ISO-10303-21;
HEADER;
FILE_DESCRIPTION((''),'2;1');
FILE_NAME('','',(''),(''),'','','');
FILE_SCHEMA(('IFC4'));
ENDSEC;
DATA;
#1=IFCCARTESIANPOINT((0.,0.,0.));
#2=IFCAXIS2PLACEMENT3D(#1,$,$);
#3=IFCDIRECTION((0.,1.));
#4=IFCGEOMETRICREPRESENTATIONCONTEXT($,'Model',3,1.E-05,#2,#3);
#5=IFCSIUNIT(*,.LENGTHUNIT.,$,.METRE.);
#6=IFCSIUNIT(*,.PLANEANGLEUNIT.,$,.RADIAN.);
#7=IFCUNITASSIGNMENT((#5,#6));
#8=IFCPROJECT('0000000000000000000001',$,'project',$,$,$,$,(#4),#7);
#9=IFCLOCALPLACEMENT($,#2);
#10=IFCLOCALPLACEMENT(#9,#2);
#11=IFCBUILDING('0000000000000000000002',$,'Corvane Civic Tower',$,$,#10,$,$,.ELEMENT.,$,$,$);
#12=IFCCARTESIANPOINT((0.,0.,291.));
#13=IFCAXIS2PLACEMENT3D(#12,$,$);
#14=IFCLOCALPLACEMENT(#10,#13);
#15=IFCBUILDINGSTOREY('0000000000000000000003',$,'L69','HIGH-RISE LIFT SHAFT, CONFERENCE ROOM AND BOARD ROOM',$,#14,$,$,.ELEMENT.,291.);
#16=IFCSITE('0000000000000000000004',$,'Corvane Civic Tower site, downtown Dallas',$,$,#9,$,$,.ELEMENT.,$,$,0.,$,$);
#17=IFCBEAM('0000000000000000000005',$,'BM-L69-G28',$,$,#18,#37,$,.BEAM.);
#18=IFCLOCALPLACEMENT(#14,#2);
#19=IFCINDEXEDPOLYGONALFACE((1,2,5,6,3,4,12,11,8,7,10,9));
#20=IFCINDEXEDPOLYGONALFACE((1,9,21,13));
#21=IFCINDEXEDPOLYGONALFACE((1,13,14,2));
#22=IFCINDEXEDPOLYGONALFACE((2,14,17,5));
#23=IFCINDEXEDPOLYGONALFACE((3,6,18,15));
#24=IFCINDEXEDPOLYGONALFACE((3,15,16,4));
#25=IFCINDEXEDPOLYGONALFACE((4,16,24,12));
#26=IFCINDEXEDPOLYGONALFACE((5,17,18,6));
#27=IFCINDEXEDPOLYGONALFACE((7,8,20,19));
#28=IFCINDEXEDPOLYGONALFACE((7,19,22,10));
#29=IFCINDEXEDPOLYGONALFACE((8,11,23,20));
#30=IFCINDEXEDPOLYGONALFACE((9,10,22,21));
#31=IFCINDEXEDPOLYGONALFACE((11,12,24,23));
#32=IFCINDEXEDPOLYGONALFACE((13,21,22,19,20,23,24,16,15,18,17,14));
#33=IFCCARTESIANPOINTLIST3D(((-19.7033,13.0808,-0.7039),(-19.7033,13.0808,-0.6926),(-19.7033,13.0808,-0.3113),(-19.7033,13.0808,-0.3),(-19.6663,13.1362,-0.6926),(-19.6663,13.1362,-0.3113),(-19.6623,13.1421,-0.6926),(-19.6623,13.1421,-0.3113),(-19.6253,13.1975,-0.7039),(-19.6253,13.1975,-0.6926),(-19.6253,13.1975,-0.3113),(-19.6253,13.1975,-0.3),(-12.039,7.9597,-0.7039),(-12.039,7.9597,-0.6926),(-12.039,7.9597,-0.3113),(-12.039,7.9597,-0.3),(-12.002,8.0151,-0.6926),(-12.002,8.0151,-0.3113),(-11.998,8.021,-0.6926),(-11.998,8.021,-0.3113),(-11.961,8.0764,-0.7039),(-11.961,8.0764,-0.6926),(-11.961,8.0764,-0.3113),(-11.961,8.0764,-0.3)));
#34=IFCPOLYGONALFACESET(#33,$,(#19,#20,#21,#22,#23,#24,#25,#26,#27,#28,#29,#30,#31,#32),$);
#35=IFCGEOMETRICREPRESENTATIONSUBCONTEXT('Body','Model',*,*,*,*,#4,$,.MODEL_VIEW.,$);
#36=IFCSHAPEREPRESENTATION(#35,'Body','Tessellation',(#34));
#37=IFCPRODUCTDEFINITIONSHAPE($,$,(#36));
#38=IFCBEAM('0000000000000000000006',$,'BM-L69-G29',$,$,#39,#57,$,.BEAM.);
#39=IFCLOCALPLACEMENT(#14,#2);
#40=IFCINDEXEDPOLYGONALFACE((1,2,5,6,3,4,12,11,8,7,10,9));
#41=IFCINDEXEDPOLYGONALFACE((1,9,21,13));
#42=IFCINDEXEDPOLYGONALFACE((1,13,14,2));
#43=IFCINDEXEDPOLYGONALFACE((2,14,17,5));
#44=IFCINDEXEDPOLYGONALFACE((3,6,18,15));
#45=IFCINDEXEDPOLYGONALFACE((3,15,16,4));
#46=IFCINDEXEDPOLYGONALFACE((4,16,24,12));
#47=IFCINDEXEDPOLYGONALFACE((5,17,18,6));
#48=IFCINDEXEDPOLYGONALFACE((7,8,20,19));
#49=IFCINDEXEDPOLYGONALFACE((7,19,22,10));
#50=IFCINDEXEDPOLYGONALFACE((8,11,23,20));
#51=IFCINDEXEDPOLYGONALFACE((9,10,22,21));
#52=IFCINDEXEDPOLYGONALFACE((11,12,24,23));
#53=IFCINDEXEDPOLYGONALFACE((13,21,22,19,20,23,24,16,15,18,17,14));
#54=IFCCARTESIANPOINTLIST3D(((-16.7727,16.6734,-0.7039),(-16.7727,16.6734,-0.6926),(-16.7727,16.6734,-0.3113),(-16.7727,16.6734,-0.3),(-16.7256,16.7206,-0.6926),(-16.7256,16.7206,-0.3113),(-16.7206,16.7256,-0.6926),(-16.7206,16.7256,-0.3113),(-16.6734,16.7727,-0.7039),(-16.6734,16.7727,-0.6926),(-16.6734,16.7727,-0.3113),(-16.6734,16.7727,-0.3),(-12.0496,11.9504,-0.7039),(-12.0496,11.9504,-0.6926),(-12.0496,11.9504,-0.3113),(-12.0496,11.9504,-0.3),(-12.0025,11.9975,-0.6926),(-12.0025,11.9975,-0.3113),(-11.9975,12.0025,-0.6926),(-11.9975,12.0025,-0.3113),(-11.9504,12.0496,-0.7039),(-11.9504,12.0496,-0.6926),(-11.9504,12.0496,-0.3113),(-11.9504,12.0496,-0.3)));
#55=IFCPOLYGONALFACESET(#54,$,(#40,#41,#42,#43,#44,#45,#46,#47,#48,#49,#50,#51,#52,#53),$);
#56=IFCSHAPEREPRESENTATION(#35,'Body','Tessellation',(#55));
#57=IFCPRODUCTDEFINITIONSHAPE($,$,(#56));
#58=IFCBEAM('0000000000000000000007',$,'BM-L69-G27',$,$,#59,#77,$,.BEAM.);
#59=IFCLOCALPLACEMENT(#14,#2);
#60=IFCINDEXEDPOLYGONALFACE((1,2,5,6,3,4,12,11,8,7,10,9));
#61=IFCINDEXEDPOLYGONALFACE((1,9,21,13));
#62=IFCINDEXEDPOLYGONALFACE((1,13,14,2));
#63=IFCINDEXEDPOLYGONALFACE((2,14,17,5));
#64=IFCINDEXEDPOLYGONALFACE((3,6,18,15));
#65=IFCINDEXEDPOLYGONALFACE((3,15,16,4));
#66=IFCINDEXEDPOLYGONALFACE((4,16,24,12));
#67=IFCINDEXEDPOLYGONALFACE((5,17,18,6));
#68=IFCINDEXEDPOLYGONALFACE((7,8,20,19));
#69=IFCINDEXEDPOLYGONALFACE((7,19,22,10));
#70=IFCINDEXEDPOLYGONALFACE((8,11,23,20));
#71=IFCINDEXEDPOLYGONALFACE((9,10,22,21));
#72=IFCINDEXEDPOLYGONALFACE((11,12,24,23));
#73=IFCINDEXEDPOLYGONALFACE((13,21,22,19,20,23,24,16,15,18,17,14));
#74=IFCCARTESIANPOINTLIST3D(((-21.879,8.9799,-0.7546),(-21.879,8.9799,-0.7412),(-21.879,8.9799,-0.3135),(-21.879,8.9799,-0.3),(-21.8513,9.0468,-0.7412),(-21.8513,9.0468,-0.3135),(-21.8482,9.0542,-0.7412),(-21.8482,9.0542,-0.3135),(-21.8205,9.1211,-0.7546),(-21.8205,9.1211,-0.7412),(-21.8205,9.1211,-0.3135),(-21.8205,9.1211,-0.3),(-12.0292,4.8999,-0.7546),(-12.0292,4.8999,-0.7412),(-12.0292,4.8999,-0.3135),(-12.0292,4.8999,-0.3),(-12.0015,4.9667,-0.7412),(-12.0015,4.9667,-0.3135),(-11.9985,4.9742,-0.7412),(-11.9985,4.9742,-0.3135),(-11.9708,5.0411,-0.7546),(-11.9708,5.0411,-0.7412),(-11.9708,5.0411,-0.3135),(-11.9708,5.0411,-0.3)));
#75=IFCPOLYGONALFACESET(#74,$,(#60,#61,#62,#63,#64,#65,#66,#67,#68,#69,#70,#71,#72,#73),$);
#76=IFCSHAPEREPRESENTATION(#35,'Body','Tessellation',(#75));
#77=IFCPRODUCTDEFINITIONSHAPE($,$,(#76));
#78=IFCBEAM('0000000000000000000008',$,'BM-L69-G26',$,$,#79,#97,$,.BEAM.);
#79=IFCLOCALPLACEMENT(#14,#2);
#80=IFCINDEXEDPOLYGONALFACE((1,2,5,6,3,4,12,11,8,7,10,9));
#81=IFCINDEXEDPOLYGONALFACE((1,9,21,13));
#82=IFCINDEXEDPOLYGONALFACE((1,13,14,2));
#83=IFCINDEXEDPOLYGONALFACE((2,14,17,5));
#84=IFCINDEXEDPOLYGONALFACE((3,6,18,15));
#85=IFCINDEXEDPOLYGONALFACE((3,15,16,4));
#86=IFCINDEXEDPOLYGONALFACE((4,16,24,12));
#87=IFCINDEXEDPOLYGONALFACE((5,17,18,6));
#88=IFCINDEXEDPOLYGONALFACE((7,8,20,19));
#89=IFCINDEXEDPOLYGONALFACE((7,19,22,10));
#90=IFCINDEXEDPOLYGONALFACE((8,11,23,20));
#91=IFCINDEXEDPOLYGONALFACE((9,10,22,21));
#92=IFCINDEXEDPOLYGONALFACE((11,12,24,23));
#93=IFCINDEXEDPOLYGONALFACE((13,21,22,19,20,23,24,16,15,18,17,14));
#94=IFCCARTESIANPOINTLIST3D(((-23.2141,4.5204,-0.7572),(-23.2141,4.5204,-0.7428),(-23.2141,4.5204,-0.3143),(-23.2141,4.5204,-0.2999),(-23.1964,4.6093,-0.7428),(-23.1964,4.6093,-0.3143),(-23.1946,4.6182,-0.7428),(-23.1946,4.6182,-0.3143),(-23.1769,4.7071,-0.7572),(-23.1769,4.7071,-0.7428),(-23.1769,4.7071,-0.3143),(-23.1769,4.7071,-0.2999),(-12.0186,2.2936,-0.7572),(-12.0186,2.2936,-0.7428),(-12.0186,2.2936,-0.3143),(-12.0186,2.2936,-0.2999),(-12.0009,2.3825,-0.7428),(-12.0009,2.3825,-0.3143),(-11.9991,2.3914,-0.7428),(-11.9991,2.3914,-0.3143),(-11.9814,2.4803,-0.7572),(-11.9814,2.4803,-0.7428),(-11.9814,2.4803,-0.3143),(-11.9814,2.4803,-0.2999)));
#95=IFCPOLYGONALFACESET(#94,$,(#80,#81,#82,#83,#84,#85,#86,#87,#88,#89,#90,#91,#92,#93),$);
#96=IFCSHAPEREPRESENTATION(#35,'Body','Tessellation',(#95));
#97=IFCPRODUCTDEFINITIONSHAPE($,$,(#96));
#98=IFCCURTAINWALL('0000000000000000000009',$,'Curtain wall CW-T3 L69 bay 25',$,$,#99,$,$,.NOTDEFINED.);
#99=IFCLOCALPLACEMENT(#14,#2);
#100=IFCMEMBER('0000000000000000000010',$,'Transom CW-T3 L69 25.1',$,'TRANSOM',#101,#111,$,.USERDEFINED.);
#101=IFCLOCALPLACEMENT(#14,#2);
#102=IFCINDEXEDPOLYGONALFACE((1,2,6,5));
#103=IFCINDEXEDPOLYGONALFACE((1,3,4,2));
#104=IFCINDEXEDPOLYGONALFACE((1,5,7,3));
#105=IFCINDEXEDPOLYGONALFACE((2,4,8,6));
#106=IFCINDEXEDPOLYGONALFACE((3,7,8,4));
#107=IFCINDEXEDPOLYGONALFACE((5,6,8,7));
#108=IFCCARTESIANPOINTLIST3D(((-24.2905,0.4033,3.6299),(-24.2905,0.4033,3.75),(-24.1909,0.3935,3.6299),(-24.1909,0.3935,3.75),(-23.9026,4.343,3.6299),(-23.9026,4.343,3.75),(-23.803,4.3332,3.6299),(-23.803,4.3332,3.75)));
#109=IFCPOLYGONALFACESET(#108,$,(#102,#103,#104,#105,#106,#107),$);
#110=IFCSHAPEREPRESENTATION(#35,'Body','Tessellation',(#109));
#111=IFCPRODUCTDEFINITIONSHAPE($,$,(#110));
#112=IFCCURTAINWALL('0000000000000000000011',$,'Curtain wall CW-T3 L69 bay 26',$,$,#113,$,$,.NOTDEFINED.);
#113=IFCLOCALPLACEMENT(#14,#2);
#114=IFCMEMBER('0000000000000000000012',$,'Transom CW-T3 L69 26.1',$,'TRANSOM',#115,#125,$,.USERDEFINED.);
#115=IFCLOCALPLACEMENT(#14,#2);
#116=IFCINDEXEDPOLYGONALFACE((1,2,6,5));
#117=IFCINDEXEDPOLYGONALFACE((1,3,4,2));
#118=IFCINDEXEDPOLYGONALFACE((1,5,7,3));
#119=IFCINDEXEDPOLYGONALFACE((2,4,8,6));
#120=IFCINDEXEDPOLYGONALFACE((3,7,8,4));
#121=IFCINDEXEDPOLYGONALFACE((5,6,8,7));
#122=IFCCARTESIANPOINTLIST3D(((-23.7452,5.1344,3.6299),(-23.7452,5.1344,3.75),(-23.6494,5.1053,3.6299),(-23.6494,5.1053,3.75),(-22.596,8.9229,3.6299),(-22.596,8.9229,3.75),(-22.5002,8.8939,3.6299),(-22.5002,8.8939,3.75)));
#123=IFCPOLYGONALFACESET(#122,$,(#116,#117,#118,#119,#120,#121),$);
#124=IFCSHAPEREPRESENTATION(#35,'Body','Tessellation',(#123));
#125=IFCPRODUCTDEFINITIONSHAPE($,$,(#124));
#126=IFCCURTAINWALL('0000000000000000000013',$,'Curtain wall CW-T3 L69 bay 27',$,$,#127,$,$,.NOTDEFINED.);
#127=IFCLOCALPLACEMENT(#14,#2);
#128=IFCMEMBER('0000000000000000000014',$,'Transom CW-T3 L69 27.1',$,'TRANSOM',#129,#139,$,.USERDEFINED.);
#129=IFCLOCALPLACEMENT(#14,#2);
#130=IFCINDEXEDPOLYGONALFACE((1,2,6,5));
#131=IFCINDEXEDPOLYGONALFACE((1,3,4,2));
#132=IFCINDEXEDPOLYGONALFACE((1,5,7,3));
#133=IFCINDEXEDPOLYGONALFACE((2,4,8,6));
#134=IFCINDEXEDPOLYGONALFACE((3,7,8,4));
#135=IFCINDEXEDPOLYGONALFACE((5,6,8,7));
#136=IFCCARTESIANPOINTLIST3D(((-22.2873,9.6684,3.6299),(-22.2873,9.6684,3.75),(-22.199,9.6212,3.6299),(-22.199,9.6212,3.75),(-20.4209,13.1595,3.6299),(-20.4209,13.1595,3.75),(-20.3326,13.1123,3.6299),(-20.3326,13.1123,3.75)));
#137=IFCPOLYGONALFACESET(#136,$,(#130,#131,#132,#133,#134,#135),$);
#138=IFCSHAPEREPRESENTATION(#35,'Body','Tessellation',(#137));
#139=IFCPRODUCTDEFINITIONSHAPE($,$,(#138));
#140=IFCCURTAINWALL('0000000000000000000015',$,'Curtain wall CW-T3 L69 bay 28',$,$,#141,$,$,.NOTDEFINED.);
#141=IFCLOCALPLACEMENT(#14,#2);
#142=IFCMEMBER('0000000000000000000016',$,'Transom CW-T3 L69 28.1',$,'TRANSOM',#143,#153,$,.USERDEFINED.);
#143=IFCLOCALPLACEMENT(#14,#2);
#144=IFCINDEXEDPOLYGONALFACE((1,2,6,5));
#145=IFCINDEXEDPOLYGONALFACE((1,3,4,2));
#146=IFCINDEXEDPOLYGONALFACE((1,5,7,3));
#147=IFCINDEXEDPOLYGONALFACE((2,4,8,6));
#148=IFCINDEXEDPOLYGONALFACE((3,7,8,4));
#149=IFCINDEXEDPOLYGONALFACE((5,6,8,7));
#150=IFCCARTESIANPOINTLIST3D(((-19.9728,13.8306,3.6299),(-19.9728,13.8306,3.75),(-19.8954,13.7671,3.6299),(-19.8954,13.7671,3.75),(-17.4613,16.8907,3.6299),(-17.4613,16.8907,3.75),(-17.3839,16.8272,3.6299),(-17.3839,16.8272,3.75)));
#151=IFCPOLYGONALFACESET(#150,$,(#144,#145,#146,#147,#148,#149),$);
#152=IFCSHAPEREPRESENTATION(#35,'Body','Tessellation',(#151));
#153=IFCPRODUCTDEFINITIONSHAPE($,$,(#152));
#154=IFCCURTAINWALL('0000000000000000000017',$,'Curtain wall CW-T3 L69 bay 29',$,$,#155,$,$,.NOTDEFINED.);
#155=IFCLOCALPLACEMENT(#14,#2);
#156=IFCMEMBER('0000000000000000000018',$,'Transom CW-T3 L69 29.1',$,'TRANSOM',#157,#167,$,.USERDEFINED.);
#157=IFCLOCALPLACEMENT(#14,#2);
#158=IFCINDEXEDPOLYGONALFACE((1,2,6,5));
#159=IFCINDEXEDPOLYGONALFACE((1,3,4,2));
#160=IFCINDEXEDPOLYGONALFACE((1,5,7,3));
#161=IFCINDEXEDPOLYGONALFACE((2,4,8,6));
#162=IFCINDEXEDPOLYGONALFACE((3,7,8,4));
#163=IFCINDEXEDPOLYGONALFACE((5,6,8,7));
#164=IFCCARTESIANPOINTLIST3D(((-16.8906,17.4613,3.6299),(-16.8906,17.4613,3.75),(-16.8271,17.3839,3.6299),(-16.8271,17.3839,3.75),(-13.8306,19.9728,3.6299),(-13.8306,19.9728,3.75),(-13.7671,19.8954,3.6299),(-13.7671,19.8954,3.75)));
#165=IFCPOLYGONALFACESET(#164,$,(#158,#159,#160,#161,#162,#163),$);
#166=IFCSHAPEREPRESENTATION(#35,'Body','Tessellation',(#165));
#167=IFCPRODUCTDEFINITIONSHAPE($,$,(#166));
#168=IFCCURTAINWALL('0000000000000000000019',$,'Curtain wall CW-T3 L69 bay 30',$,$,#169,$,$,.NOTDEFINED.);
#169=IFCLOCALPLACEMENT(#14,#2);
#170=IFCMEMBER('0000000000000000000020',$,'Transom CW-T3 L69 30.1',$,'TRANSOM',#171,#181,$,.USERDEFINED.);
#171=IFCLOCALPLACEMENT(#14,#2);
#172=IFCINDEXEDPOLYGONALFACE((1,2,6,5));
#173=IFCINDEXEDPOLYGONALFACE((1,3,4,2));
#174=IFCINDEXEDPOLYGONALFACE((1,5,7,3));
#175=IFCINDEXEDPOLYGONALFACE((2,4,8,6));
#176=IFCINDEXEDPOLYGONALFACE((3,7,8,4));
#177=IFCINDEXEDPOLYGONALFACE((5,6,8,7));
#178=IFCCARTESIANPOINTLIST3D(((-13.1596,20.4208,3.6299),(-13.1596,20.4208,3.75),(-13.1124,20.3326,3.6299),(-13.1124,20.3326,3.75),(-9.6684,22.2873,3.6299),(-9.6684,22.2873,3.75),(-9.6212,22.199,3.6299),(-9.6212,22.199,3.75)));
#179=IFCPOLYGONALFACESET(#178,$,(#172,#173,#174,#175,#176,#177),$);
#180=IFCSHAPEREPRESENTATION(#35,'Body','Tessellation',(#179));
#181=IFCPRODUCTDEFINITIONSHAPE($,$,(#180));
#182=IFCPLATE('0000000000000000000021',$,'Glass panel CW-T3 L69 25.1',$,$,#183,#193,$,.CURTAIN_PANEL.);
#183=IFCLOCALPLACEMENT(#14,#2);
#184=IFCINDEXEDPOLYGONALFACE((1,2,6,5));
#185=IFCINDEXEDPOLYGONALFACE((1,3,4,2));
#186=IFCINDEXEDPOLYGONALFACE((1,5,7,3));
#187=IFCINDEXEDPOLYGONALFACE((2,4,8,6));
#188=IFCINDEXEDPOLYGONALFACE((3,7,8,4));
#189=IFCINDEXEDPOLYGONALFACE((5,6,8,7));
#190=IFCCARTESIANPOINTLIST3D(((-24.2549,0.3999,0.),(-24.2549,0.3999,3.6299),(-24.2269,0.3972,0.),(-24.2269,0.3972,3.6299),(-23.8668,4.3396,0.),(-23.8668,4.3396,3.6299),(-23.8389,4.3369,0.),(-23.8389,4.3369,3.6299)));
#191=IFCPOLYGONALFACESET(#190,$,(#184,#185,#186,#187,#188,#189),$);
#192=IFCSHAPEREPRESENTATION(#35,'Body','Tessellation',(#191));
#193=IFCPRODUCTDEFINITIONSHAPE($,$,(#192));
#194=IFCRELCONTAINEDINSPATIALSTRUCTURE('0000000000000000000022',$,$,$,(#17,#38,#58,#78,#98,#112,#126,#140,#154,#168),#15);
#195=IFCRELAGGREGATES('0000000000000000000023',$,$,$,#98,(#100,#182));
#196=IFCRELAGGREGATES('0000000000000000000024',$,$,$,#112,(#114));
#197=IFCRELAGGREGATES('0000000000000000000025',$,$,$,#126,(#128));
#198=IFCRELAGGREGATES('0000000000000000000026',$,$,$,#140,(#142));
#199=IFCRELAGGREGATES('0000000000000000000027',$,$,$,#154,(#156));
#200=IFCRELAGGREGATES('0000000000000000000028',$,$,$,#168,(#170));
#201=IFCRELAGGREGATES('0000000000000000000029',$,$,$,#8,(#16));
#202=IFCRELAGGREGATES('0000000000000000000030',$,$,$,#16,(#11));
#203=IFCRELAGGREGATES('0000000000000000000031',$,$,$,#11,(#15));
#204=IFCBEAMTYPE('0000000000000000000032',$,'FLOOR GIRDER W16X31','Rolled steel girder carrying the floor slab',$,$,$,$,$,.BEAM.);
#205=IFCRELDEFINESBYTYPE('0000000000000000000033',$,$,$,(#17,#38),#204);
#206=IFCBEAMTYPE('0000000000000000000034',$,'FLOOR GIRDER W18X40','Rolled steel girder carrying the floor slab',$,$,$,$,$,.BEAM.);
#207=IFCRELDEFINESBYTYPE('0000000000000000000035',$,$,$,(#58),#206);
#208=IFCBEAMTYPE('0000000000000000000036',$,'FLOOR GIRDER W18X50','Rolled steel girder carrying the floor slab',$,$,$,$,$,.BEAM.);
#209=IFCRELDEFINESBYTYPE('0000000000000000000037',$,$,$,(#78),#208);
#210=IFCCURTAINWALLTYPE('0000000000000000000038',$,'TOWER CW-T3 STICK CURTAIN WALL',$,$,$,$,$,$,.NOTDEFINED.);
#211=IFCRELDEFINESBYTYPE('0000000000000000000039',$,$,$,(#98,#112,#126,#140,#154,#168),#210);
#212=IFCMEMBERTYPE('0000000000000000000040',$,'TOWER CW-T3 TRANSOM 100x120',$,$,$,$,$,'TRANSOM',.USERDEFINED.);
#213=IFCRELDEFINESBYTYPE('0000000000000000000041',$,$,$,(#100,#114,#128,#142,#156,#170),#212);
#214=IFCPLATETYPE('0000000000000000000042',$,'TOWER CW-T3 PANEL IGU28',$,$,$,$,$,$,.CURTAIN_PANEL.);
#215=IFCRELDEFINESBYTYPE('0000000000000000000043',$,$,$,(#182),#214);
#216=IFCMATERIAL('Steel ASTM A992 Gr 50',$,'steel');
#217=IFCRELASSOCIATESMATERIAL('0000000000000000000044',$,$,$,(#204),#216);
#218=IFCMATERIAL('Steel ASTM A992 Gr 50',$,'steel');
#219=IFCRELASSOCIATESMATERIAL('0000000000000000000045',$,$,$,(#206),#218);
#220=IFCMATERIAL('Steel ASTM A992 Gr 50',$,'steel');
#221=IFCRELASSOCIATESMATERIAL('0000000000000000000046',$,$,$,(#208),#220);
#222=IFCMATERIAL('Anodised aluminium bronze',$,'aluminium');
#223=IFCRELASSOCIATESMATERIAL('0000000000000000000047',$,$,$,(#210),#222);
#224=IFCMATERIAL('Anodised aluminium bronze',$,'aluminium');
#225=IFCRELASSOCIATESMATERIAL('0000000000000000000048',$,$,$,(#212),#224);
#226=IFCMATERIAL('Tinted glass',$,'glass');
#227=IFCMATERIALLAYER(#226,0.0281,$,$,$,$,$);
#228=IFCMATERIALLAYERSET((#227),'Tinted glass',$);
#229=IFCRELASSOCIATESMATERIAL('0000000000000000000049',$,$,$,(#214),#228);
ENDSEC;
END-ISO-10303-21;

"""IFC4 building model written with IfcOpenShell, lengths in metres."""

from ifc_helpers import new_model, si_unit, direction, frame, origin, origin_2d, place, context, subcontext, project, spatial, rectangle, i_section, extrude, material, layer, layer_set, material_profile, profile_set, type_object, element, aggregate, save


model = new_model("IFC4")

# Units and contexts
model_context = context("Model", 3, precision=1e-05, world=origin(), true_north=direction((0.0, 1.0)))
body_context = subcontext(model_context, "Body", "Model", "MODEL_VIEW")
ifc_project = project(units=[si_unit("LENGTHUNIT", "METRE"), si_unit("PLANEANGLEUNIT", "RADIAN")], contexts=[model_context])

# Site, building, storey
site_placement = place(None, origin())
site = spatial("IfcSite", under=ifc_project, at=site_placement, Name="Corvane Civic Tower site, downtown Dallas", CompositionType="ELEMENT", RefElevation=0.0)
building_placement = place(site_placement, origin())
building = spatial("IfcBuilding", under=site, at=building_placement, Name="Corvane Civic Tower", CompositionType="ELEMENT")
storey_placement = place(building_placement, frame((0.0, 0.0, 291.0)))
storey = spatial("IfcBuildingStorey", under=building, at=storey_placement, Name="L69", Description="HIGH-RISE LIFT SHAFT, CONFERENCE ROOM AND BOARD ROOM", CompositionType="ELEMENT", Elevation=291.0)

# Beams
ifc_material_1 = material(Name="Steel ASTM A992 Gr 50", Category="steel")
ifc_material_profile_1 = material_profile(ifc_material_1, i_section(OverallWidth=0.1404, OverallDepth=0.4038, WebThickness=0.0071, FlangeThickness=0.0112, at=origin_2d()), Name="W16X31")
ifc_profile_set_1 = profile_set([ifc_material_profile_1], Name="Steel ASTM A992 Gr 50")
beam_type_1 = type_object("IfcBeamType", Name="FLOOR GIRDER W16X31", Description="Rolled steel girder carrying the floor slab", PredefinedType="BEAM", material=ifc_profile_set_1)
beam_1_placement = place(storey_placement, frame((-12.0, 8.0181, -0.502), z_axis=(-0.831471, 0.555568, 0.0), x_axis=(-0.555568, -0.831471, 0.0)))
element("IfcBeam", 1, at=beam_1_placement, inside=storey, type_object=beam_type_1, Name="BM-L69-G28", PredefinedType="BEAM", context=body_context, shape_type="SweptSolid", body=[
    extrude(i_section(OverallWidth=0.1404, OverallDepth=0.4038, WebThickness=0.0071, FlangeThickness=0.0112, at=origin_2d()), origin(), (0.0, 0.0, 1.0), 9.2178),
])
beam_2_placement = place(storey_placement, frame((-12.0, 12.0, -0.502), z_axis=(-0.707107, 0.707107, 0.0), x_axis=(-0.707107, -0.707107, 0.0)))
element("IfcBeam", 2, at=beam_2_placement, inside=storey, type_object=beam_type_1, Name="BM-L69-G29", PredefinedType="BEAM", context=body_context, shape_type="SweptSolid", body=[
    extrude(i_section(OverallWidth=0.1404, OverallDepth=0.4038, WebThickness=0.0071, FlangeThickness=0.0112, at=origin_2d()), origin(), (0.0, 0.0, 1.0), 6.6794),
])
ifc_material_2 = material(Name="Steel ASTM A992 Gr 50", Category="steel")
ifc_material_profile_2 = material_profile(ifc_material_2, i_section(OverallWidth=0.1528, OverallDepth=0.4546, WebThickness=0.0081, FlangeThickness=0.0134, at=origin_2d()), Name="W18X40")
ifc_profile_set_2 = profile_set([ifc_material_profile_2], Name="Steel ASTM A992 Gr 50")
beam_type_2 = type_object("IfcBeamType", Name="FLOOR GIRDER W18X40", Description="Rolled steel girder carrying the floor slab", PredefinedType="BEAM", material=ifc_profile_set_2)
beam_3_placement = place(storey_placement, frame((-12.0, 4.9705, -0.5273), z_axis=(-0.923875, 0.382694, 0.0), x_axis=(-0.382694, -0.923875, 0.0)))
element("IfcBeam", 3, at=beam_3_placement, inside=storey, type_object=beam_type_2, Name="BM-L69-G27", PredefinedType="BEAM", context=body_context, shape_type="SweptSolid", body=[
    extrude(i_section(OverallWidth=0.1528, OverallDepth=0.4546, WebThickness=0.0081, FlangeThickness=0.0134, at=origin_2d()), origin(), (0.0, 0.0, 1.0), 10.6614),
])
ifc_material_3 = material(Name="Steel ASTM A992 Gr 50", Category="steel")
ifc_material_profile_3 = material_profile(ifc_material_3, i_section(OverallWidth=0.1904, OverallDepth=0.4573, WebThickness=0.009, FlangeThickness=0.0144, at=origin_2d()), Name="W18X50")
ifc_profile_set_3 = profile_set([ifc_material_profile_3], Name="Steel ASTM A992 Gr 50")
beam_type_3 = type_object("IfcBeamType", Name="FLOOR GIRDER W18X50", Description="Rolled steel girder carrying the floor slab", PredefinedType="BEAM", material=ifc_profile_set_3)
beam_4_placement = place(storey_placement, frame((-12.0, 2.387, -0.5286), z_axis=(-0.980787, 0.19508, 0.0), x_axis=(-0.19508, -0.980787, 0.0)))
element("IfcBeam", 4, at=beam_4_placement, inside=storey, type_object=beam_type_3, Name="BM-L69-G26", PredefinedType="BEAM", context=body_context, shape_type="SweptSolid", body=[
    extrude(i_section(OverallWidth=0.1904, OverallDepth=0.4573, WebThickness=0.009, FlangeThickness=0.0144, at=origin_2d()), origin(), (0.0, 0.0, 1.0), 11.4148),
])

# Curtain walls, members
ifc_material_4 = material(Name="Anodised aluminium bronze", Category="aluminium")
curtain_wall_type = type_object("IfcCurtainWallType", Name="TOWER CW-T3 STICK CURTAIN WALL", PredefinedType="NOTDEFINED", material=ifc_material_4)
curtain_wall_1_placement = place(storey_placement, origin())
curtain_wall_1 = element("IfcCurtainWall", 5, at=curtain_wall_1_placement, inside=storey, type_object=curtain_wall_type, Name="Curtain wall CW-T3 L69 bay 25", PredefinedType="NOTDEFINED")
ifc_material_5 = material(Name="Anodised aluminium bronze", Category="aluminium")
ifc_material_profile_4 = material_profile(ifc_material_5, rectangle(XDim=0.1001, YDim=0.1201, at=origin_2d()), Name="TOWER CW-T3 TRANSOM 100x120")
ifc_profile_set_4 = profile_set([ifc_material_profile_4], Name="Anodised aluminium bronze")
member_type = type_object("IfcMemberType", Name="TOWER CW-T3 TRANSOM 100x120", ElementType="TRANSOM", PredefinedType="USERDEFINED", material=ifc_profile_set_4)
member_1_placement = place(storey_placement, frame((-24.2407, 0.3984, 3.6899), z_axis=(0.097995, 0.995187, 0.0), x_axis=(-0.995187, 0.097995, 0.0)))
member_1 = element("IfcMember", 6, at=member_1_placement, type_object=member_type, Name="Transom CW-T3 L69 25.1", ObjectType="TRANSOM", PredefinedType="USERDEFINED", context=body_context, shape_type="SweptSolid", body=[
    extrude(rectangle(XDim=0.1001, YDim=0.1201, at=origin_2d()), origin(), (0.0, 0.0, 1.0), 3.9587),
])
curtain_wall_2_placement = place(storey_placement, origin())
curtain_wall_2 = element("IfcCurtainWall", 7, at=curtain_wall_2_placement, inside=storey, type_object=curtain_wall_type, Name="Curtain wall CW-T3 L69 bay 26", PredefinedType="NOTDEFINED")
member_2_placement = place(storey_placement, frame((-23.6973, 5.1199, 3.6899), z_axis=(0.290266, 0.956946, 0.0), x_axis=(-0.956946, 0.290266, 0.0)))
member_2 = element("IfcMember", 8, at=member_2_placement, type_object=member_type, Name="Transom CW-T3 L69 26.1", ObjectType="TRANSOM", PredefinedType="USERDEFINED", context=body_context, shape_type="SweptSolid", body=[
    extrude(rectangle(XDim=0.1001, YDim=0.1201, at=origin_2d()), origin(), (0.0, 0.0, 1.0), 3.959),
])
curtain_wall_3_placement = place(storey_placement, origin())
curtain_wall_3 = element("IfcCurtainWall", 9, at=curtain_wall_3_placement, inside=storey, type_object=curtain_wall_type, Name="Curtain wall CW-T3 L69 bay 27", PredefinedType="NOTDEFINED")
member_3_placement = place(storey_placement, frame((-22.2432, 9.6448, 3.6899), z_axis=(0.471468, 0.881883, 0.0), x_axis=(-0.881883, 0.471468, 0.0)))
member_3 = element("IfcMember", 10, at=member_3_placement, type_object=member_type, Name="Transom CW-T3 L69 27.1", ObjectType="TRANSOM", PredefinedType="USERDEFINED", context=body_context, shape_type="SweptSolid", body=[
    extrude(rectangle(XDim=0.1001, YDim=0.1201, at=origin_2d()), origin(), (0.0, 0.0, 1.0), 3.9587),
])
curtain_wall_4_placement = place(storey_placement, origin())
curtain_wall_4 = element("IfcCurtainWall", 11, at=curtain_wall_4_placement, inside=storey, type_object=curtain_wall_type, Name="Curtain wall CW-T3 L69 bay 28", PredefinedType="NOTDEFINED")
member_4_placement = place(storey_placement, frame((-19.9341, 13.7988, 3.6899), z_axis=(0.634416, 0.772992, 0.0), x_axis=(-0.772992, 0.634416, 0.0)))
member_4 = element("IfcMember", 12, at=member_4_placement, type_object=member_type, Name="Transom CW-T3 L69 28.1", ObjectType="TRANSOM", PredefinedType="USERDEFINED", context=body_context, shape_type="SweptSolid", body=[
    extrude(rectangle(XDim=0.1001, YDim=0.1201, at=origin_2d()), origin(), (0.0, 0.0, 1.0), 3.9587),
])
curtain_wall_5_placement = place(storey_placement, origin())
curtain_wall_5 = element("IfcCurtainWall", 13, at=curtain_wall_5_placement, inside=storey, type_object=curtain_wall_type, Name="Curtain wall CW-T3 L69 bay 29", PredefinedType="NOTDEFINED")
member_5_placement = place(storey_placement, frame((-16.8589, 17.4226, 3.6899), z_axis=(0.772992, 0.634416, 0.0), x_axis=(-0.634416, 0.772992, 0.0)))
member_5 = element("IfcMember", 14, at=member_5_placement, type_object=member_type, Name="Transom CW-T3 L69 29.1", ObjectType="TRANSOM", PredefinedType="USERDEFINED", context=body_context, shape_type="SweptSolid", body=[
    extrude(rectangle(XDim=0.1001, YDim=0.1201, at=origin_2d()), origin(), (0.0, 0.0, 1.0), 3.9587),
])
curtain_wall_6_placement = place(storey_placement, origin())
curtain_wall_6 = element("IfcCurtainWall", 15, at=curtain_wall_6_placement, inside=storey, type_object=curtain_wall_type, Name="Curtain wall CW-T3 L69 bay 30", PredefinedType="NOTDEFINED")
member_6_placement = place(storey_placement, frame((-13.136, 20.3767, 3.6899), z_axis=(0.881883, 0.471468, 0.0), x_axis=(-0.471468, 0.881883, 0.0)))
member_6 = element("IfcMember", 16, at=member_6_placement, type_object=member_type, Name="Transom CW-T3 L69 30.1", ObjectType="TRANSOM", PredefinedType="USERDEFINED", context=body_context, shape_type="SweptSolid", body=[
    extrude(rectangle(XDim=0.1001, YDim=0.1201, at=origin_2d()), origin(), (0.0, 0.0, 1.0), 3.9587),
])

# Plate
ifc_material_6 = material(Name="Tinted glass", Category="glass")
ifc_layer_1 = layer(ifc_material_6, 0.0281)
ifc_layer_set_1 = layer_set([ifc_layer_1], Name="Tinted glass")
plate_type = type_object("IfcPlateType", Name="TOWER CW-T3 PANEL IGU28", PredefinedType="CURTAIN_PANEL", material=ifc_layer_set_1)
plate_1_placement = place(storey_placement, frame((-24.0469, 2.3684, 0.0), z_axis=(0.0, 0.0, 1.0), x_axis=(0.098021, 0.995184, 0.0)))
plate_1 = element("IfcPlate", 17, at=plate_1_placement, type_object=plate_type, Name="Glass panel CW-T3 L69 25.1", PredefinedType="CURTAIN_PANEL", context=body_context, shape_type="SweptSolid", body=[
    extrude(rectangle(XDim=3.9587, YDim=0.0281, at=origin_2d()), origin(), (0.0, 0.0, 1.0), 3.6299),
])
aggregate(curtain_wall_1, [member_1, plate_1])
aggregate(curtain_wall_2, [member_2])
aggregate(curtain_wall_3, [member_3])
aggregate(curtain_wall_4, [member_4])
aggregate(curtain_wall_5, [member_5])
aggregate(curtain_wall_6, [member_6])

save(model, "model.ifc")
